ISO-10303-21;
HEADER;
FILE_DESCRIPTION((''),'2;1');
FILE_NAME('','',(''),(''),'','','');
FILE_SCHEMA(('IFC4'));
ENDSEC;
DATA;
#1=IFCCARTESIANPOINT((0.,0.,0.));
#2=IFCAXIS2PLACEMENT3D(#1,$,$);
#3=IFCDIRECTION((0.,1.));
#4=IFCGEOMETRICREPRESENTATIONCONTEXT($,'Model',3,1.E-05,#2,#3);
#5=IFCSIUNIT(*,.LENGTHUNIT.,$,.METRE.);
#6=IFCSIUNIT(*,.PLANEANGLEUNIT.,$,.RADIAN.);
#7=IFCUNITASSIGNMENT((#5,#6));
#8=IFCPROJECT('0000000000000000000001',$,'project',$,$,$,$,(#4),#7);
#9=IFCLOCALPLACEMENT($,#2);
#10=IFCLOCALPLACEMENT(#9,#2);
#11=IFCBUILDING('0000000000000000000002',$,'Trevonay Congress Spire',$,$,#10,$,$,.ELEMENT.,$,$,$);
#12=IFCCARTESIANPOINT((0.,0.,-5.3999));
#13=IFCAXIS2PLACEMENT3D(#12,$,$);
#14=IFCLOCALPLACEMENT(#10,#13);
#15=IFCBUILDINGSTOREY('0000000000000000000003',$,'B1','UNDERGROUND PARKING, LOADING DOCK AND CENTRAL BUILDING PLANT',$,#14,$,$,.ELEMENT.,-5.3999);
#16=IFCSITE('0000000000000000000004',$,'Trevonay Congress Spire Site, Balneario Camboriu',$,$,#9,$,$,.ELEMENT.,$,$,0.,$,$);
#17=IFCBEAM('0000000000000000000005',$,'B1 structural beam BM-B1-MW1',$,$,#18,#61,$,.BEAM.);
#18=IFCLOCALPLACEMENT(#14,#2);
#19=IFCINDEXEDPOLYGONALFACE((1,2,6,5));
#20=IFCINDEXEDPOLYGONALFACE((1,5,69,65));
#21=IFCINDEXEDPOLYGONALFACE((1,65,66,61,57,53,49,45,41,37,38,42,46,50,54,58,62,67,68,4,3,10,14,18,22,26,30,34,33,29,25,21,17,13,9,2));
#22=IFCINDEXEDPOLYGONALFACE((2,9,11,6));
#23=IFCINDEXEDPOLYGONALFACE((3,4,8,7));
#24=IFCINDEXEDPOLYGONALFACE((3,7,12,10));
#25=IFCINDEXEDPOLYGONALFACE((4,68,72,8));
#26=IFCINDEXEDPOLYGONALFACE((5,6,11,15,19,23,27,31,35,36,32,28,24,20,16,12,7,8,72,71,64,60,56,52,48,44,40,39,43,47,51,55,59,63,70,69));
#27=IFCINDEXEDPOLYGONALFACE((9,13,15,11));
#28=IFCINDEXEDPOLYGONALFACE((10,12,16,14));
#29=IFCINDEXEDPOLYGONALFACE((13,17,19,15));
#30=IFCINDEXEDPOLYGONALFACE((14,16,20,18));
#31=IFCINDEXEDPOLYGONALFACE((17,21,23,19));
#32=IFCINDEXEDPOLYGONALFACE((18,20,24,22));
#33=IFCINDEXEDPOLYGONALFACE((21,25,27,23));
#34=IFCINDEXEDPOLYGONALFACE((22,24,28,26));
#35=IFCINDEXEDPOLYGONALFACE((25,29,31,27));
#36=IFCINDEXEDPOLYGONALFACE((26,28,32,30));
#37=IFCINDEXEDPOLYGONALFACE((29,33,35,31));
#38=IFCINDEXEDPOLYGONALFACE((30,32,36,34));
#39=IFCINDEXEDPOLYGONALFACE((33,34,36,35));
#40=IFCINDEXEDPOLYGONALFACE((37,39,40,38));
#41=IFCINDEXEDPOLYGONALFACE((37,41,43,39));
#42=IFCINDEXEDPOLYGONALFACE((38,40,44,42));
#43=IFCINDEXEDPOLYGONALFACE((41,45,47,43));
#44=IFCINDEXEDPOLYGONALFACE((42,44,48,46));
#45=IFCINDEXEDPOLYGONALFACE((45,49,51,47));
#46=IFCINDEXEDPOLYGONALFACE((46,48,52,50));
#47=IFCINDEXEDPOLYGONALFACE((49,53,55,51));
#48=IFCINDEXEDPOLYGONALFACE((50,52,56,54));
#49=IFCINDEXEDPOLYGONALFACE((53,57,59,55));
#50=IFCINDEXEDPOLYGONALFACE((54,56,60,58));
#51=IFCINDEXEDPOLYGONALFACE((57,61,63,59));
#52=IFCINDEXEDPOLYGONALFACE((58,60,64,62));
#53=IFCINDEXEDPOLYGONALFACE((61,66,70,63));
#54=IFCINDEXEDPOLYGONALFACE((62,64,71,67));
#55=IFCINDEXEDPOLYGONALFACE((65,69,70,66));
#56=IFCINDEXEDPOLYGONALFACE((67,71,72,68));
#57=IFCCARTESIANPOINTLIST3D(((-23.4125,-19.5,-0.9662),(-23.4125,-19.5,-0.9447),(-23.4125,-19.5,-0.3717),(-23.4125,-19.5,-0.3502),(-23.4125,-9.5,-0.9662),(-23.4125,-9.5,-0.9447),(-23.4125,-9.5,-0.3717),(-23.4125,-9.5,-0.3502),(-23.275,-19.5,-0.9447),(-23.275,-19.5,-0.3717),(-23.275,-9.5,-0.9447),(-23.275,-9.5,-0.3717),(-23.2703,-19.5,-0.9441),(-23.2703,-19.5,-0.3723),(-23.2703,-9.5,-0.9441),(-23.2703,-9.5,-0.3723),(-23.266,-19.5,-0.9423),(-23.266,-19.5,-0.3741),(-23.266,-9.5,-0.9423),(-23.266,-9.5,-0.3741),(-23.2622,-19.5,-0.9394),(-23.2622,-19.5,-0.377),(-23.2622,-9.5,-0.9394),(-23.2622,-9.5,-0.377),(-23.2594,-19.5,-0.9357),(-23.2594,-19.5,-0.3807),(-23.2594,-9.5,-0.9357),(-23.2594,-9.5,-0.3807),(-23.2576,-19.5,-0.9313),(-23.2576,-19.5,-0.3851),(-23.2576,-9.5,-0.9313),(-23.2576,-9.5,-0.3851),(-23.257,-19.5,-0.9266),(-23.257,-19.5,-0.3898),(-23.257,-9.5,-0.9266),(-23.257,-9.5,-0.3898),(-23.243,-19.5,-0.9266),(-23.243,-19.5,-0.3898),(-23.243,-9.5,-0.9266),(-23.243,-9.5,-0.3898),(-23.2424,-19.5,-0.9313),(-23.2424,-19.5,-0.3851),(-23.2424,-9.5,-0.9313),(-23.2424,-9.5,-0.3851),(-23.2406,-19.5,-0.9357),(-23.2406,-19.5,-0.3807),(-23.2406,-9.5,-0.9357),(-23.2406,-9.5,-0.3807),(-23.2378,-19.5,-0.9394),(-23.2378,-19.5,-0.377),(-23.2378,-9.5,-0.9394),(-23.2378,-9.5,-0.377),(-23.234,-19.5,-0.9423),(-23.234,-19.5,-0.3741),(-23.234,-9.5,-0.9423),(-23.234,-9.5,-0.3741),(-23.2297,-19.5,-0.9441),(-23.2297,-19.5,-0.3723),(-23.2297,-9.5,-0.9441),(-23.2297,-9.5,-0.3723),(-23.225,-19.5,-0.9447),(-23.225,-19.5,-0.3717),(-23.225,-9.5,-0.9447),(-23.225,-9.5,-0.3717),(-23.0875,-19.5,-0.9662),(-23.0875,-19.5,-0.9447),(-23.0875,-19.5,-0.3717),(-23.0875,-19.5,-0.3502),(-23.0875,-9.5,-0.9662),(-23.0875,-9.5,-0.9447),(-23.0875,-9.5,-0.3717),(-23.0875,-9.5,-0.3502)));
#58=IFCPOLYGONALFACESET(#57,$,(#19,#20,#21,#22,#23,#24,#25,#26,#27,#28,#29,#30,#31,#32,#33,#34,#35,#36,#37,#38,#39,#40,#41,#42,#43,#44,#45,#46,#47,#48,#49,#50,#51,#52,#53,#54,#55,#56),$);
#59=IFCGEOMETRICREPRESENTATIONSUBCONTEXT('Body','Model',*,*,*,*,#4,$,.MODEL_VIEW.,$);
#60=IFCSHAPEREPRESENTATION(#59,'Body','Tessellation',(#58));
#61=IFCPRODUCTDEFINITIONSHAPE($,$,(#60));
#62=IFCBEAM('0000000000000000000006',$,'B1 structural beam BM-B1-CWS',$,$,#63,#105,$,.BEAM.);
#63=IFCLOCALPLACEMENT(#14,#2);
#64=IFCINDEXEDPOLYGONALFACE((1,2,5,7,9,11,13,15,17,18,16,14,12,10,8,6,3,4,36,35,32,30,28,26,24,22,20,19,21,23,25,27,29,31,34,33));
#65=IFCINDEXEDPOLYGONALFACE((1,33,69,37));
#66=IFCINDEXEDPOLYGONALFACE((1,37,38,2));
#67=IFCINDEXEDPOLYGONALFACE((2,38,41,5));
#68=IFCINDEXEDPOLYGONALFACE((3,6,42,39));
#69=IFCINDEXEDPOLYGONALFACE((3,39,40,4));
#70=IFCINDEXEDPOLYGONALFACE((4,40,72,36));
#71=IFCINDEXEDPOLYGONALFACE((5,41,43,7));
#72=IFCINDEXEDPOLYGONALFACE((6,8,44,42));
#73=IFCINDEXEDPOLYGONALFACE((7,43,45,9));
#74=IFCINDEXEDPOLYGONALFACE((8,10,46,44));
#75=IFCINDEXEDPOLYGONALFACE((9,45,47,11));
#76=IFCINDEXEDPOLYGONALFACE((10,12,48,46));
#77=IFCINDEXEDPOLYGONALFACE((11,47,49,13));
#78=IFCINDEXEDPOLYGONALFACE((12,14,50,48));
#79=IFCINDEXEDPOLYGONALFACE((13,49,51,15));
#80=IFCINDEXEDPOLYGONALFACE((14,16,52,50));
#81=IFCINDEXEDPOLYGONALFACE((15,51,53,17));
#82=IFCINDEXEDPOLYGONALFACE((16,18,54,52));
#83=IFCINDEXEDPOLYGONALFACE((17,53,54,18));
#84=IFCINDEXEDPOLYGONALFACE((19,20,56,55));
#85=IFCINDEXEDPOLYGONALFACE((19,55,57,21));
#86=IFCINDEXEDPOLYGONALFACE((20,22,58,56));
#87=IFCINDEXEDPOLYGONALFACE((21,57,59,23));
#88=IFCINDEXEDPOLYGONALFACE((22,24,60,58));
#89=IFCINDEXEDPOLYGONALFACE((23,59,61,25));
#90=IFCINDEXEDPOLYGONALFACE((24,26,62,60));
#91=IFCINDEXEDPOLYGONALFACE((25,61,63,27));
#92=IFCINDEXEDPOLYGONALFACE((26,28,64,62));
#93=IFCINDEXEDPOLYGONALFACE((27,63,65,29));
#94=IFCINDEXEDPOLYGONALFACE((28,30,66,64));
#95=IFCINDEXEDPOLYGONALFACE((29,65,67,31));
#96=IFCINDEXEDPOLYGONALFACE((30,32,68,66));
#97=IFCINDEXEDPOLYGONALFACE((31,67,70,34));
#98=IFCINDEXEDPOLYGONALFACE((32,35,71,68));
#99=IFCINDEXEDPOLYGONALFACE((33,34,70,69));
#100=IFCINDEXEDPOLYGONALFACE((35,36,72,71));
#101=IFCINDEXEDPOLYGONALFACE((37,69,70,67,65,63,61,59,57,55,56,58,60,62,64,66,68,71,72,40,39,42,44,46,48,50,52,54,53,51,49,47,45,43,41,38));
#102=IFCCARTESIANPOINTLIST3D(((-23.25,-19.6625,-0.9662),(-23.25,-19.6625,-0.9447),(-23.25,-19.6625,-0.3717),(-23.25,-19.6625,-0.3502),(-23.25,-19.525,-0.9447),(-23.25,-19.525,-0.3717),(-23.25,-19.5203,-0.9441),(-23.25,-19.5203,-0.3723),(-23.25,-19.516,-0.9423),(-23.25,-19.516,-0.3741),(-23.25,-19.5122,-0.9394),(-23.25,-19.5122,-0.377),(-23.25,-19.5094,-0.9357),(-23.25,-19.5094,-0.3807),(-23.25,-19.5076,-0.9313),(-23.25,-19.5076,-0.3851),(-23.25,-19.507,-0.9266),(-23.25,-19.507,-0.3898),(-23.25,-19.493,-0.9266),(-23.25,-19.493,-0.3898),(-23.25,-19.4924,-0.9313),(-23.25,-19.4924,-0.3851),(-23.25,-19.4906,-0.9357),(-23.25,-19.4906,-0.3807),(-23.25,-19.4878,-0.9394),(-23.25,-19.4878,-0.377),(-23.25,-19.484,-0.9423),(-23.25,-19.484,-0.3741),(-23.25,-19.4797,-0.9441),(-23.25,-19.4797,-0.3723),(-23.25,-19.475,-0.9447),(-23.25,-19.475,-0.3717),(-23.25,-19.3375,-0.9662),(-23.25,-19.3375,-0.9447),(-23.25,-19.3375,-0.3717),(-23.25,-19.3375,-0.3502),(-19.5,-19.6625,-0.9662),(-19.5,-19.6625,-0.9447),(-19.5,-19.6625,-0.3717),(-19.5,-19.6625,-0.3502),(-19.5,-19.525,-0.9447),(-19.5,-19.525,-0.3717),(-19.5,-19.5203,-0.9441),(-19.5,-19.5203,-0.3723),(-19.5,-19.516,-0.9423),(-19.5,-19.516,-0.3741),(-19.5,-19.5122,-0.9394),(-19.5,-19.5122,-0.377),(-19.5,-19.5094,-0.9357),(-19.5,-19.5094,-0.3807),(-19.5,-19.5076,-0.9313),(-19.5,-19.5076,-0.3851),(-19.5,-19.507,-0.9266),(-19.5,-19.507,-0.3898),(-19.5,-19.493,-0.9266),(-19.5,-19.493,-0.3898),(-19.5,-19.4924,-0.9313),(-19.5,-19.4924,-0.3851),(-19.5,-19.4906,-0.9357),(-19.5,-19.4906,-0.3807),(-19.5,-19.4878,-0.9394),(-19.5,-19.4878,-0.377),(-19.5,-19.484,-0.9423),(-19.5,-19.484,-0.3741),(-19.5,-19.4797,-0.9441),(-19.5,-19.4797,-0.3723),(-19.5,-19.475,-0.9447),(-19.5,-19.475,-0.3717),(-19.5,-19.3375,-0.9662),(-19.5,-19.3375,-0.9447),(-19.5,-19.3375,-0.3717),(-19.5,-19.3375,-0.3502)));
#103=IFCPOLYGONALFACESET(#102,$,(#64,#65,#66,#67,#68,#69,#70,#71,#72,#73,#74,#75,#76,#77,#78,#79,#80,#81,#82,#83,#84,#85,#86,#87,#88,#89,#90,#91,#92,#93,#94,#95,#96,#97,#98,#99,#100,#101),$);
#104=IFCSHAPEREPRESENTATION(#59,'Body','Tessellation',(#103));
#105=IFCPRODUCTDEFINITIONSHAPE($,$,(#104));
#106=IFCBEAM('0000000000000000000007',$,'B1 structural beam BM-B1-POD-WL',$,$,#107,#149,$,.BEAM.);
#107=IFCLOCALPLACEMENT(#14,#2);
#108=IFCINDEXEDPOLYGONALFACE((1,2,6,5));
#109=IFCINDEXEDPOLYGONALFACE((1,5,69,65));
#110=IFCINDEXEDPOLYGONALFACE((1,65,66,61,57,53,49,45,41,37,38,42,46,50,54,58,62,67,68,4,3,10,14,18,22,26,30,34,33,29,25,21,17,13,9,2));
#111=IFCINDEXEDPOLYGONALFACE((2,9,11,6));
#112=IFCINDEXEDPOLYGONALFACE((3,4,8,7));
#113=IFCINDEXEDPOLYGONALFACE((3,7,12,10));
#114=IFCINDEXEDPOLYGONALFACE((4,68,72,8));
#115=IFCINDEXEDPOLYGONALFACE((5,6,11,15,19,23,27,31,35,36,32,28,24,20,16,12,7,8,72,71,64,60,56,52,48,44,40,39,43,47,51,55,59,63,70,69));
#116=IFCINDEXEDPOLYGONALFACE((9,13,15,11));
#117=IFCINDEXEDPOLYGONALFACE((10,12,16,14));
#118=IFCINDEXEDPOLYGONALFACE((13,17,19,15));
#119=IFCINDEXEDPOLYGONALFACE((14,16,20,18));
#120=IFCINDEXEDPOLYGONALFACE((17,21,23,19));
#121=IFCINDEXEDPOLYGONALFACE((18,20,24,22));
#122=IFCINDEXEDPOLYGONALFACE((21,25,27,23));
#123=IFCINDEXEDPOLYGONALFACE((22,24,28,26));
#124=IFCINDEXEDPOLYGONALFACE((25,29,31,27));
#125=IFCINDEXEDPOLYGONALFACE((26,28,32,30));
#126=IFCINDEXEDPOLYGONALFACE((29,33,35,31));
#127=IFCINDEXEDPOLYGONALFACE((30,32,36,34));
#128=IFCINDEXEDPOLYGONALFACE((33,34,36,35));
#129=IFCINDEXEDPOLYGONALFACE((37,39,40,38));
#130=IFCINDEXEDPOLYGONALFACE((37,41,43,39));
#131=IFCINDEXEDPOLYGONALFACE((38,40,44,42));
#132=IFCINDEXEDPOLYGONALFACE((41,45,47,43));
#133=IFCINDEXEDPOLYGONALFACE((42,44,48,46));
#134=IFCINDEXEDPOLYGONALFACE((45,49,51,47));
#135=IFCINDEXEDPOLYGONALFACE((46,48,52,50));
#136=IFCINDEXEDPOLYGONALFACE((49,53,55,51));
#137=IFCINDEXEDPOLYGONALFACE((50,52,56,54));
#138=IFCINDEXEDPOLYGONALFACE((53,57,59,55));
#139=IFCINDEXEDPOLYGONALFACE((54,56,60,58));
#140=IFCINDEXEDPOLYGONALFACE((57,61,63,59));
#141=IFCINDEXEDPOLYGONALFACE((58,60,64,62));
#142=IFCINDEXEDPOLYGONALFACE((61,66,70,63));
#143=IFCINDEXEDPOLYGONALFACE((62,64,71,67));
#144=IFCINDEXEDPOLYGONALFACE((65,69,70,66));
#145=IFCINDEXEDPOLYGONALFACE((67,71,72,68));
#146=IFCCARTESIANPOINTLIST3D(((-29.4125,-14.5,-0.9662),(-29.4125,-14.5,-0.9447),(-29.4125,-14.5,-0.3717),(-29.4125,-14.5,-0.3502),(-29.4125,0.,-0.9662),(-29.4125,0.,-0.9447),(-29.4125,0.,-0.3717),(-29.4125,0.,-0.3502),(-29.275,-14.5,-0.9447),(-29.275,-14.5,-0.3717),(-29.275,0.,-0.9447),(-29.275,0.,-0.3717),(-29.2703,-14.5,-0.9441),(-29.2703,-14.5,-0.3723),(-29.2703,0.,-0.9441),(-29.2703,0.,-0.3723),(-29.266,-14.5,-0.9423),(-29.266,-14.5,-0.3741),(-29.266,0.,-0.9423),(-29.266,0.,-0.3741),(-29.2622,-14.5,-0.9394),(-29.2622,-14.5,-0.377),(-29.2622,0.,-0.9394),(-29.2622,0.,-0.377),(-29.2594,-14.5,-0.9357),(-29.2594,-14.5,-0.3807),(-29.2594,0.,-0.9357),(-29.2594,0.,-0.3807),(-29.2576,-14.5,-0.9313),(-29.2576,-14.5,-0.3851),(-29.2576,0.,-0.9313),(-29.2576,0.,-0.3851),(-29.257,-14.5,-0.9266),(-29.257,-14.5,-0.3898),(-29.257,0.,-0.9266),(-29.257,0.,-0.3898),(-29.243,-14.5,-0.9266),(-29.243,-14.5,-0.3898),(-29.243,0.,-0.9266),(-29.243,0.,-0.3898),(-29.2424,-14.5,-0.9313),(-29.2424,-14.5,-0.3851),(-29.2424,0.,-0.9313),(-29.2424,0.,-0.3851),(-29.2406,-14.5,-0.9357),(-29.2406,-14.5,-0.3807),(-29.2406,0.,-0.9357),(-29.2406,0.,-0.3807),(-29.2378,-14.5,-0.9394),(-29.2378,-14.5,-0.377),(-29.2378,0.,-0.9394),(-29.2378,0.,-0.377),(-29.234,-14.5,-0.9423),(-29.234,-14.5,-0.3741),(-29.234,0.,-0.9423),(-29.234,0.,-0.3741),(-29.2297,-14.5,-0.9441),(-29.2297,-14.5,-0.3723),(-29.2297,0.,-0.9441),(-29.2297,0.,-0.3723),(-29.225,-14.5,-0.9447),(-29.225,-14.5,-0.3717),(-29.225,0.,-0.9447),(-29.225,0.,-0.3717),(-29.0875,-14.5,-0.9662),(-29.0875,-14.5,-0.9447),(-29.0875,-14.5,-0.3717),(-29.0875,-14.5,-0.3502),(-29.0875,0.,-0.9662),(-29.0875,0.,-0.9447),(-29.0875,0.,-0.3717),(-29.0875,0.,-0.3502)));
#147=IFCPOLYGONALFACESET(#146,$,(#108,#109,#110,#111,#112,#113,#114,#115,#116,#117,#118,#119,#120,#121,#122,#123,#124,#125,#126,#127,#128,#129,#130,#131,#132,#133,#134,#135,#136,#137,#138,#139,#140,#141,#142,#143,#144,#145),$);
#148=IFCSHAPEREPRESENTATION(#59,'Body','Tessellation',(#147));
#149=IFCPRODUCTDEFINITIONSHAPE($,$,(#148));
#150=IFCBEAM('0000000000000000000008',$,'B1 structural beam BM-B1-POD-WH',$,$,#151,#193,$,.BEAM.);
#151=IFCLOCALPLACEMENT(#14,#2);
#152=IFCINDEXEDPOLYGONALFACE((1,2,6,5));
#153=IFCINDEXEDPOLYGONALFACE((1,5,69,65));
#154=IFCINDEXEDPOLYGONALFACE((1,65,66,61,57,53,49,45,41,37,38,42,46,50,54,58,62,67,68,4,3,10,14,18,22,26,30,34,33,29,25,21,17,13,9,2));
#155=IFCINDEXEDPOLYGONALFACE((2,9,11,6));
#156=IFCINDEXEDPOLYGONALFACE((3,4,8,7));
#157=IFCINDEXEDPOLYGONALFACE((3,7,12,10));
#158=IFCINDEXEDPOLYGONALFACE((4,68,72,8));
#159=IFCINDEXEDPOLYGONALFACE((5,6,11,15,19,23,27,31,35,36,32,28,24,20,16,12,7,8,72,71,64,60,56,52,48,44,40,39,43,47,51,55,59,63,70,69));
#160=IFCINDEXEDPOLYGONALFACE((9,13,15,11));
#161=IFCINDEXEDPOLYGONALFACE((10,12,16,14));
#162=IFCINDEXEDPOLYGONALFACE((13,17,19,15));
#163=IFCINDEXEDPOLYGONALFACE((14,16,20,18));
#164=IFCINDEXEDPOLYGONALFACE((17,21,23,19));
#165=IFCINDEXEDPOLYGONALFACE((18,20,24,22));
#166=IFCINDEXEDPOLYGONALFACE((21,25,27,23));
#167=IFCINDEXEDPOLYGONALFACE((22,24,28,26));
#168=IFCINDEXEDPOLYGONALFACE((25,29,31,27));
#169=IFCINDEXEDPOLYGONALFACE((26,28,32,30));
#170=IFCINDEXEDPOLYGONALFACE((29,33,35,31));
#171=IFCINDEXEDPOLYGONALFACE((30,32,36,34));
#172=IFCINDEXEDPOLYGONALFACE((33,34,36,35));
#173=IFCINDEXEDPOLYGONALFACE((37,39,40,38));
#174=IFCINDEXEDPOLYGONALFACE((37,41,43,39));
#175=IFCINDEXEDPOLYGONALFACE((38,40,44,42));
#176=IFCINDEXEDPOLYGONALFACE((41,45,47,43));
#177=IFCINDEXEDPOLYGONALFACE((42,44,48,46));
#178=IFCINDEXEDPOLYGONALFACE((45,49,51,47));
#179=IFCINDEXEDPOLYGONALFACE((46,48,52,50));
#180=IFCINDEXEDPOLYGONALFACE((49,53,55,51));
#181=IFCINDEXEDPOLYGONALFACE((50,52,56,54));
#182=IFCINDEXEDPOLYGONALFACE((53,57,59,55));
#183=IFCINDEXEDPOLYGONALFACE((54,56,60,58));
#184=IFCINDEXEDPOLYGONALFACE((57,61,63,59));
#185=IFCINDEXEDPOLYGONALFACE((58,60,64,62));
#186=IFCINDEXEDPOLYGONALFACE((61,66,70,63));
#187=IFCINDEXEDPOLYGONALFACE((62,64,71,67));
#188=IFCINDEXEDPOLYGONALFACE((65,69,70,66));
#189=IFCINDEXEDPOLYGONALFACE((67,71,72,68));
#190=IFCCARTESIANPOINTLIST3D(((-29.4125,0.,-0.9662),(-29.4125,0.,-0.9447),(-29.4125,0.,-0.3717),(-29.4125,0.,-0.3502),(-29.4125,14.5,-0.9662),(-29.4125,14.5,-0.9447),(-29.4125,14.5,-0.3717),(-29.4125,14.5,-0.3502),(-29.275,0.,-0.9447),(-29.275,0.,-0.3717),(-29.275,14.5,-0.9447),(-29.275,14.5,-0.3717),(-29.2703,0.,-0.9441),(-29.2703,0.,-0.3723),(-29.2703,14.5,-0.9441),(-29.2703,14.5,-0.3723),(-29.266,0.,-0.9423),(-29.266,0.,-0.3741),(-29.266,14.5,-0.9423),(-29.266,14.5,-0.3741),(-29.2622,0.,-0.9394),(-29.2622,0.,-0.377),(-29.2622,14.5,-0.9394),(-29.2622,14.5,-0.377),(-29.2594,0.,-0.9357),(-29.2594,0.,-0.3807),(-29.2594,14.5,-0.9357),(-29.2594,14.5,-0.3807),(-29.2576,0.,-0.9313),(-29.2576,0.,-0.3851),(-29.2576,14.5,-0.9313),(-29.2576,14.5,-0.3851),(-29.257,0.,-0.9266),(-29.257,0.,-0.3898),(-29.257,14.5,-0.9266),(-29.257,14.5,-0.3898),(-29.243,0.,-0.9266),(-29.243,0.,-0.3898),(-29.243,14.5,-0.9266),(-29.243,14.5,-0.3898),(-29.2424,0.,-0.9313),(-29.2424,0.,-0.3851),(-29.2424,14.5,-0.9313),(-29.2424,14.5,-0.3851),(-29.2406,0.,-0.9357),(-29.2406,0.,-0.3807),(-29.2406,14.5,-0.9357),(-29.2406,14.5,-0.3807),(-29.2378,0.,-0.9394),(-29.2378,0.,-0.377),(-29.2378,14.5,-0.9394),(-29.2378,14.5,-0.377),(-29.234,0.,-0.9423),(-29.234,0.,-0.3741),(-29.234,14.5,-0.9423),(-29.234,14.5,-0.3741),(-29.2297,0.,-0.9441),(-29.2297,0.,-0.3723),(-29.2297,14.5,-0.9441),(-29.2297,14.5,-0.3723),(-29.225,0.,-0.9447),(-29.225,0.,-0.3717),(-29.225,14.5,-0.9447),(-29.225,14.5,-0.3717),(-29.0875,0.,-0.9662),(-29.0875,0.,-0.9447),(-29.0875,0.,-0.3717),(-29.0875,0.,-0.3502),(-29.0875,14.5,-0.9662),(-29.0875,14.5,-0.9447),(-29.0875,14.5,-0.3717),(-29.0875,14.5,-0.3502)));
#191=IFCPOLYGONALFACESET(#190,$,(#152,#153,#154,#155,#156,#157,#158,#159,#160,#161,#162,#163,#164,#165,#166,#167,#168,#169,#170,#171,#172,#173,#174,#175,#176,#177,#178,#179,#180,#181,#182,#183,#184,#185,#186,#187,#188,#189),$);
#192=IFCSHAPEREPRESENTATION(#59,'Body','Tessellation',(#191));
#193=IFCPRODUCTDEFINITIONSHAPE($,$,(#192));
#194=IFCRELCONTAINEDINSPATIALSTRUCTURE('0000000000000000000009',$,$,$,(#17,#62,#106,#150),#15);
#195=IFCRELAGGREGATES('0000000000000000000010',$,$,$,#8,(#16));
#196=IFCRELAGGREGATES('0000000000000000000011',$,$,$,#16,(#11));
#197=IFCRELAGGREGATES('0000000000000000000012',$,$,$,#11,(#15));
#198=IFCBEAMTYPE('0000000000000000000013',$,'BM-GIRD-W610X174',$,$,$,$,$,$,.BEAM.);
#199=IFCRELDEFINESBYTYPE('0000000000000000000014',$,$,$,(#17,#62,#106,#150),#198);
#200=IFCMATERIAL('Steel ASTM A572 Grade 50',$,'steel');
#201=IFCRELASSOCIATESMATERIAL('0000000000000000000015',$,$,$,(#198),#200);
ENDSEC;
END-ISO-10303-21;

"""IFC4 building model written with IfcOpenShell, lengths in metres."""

from ifc_helpers import new_model, si_unit, direction, frame, origin, origin_2d, place, context, subcontext, project, spatial, i_section, extrude, material, material_profile, profile_set, type_object, element, save


model = new_model("IFC4")

# Units and contexts
model_context = context("Model", 3, precision=1e-05, world=origin(), true_north=direction((0.0, 1.0)))
body_context = subcontext(model_context, "Body", "Model", "MODEL_VIEW")
ifc_project = project(units=[si_unit("LENGTHUNIT", "METRE"), si_unit("PLANEANGLEUNIT", "RADIAN")], contexts=[model_context])

# Site, building, storey
site_placement = place(None, origin())
site = spatial("IfcSite", under=ifc_project, at=site_placement, Name="Trevonay Congress Spire Site, Balneario Camboriu", CompositionType="ELEMENT", RefElevation=0.0)
building_placement = place(site_placement, origin())
building = spatial("IfcBuilding", under=site, at=building_placement, Name="Trevonay Congress Spire", CompositionType="ELEMENT")
storey_placement = place(building_placement, frame((0.0, 0.0, -5.3999)))
storey = spatial("IfcBuildingStorey", under=building, at=storey_placement, Name="B1", Description="UNDERGROUND PARKING, LOADING DOCK AND CENTRAL BUILDING PLANT", CompositionType="ELEMENT", Elevation=-5.3999)

# Beams
ifc_material_1 = material(Name="Steel ASTM A572 Grade 50", Category="steel")
ifc_material_profile_1 = material_profile(ifc_material_1, i_section(OverallWidth=0.325, OverallDepth=0.616, WebThickness=0.0139, FlangeThickness=0.0215, FilletRadius=0.0181, at=origin_2d()), Name="W610x174")
ifc_profile_set_1 = profile_set([ifc_material_profile_1], Name="Steel ASTM A572 Grade 50")
beam_type_1 = type_object("IfcBeamType", Name="BM-GIRD-W610X174", PredefinedType="BEAM", material=ifc_profile_set_1)
beam_1_placement = place(storey_placement, frame((-23.25, -19.5, -0.6582), z_axis=(0.0, 1.0, 0.0), x_axis=(-1.0, 0.0, 0.0)))
element("IfcBeam", 1, at=beam_1_placement, inside=storey, type_object=beam_type_1, Name="B1 structural beam BM-B1-MW1", PredefinedType="BEAM", context=body_context, shape_type="SweptSolid", body=[
    extrude(i_section(OverallWidth=0.325, OverallDepth=0.616, WebThickness=0.0139, FlangeThickness=0.0215, FilletRadius=0.0181, at=origin_2d()), origin(), (0.0, 0.0, 1.0), 10.0),
])
beam_2_placement = place(storey_placement, frame((-23.25, -19.5, -0.6582), z_axis=(1.0, 0.0, 0.0), x_axis=(0.0, 1.0, 0.0)))
element("IfcBeam", 2, at=beam_2_placement, inside=storey, type_object=beam_type_1, Name="B1 structural beam BM-B1-CWS", PredefinedType="BEAM", context=body_context, shape_type="SweptSolid", body=[
    extrude(i_section(OverallWidth=0.325, OverallDepth=0.616, WebThickness=0.0139, FlangeThickness=0.0215, FilletRadius=0.0181, at=origin_2d()), origin(), (0.0, 0.0, 1.0), 3.75),
])
for number, where, z_axis, x_axis, name in (
    (3, (-29.25, -14.5, -0.6582), (0.0, 1.0, 0.0), (-1.0, 0.0, 0.0), "B1 structural beam BM-B1-POD-WL"),
    (4, (-29.25, 0.0, -0.6582), (0.0, 1.0, 0.0), (-1.0, 0.0, 0.0), "B1 structural beam BM-B1-POD-WH"),
):
    element("IfcBeam", number, at=place(storey_placement, frame(where, z_axis=z_axis, x_axis=x_axis)), inside=storey, type_object=beam_type_1, Name=name, PredefinedType="BEAM", context=body_context, shape_type="SweptSolid", body=[
        extrude(i_section(OverallWidth=0.325, OverallDepth=0.616, WebThickness=0.0139, FlangeThickness=0.0215, FilletRadius=0.0181, at=origin_2d()), origin(), (0.0, 0.0, 1.0), 14.5),
    ])

save(model, "model.ifc")
